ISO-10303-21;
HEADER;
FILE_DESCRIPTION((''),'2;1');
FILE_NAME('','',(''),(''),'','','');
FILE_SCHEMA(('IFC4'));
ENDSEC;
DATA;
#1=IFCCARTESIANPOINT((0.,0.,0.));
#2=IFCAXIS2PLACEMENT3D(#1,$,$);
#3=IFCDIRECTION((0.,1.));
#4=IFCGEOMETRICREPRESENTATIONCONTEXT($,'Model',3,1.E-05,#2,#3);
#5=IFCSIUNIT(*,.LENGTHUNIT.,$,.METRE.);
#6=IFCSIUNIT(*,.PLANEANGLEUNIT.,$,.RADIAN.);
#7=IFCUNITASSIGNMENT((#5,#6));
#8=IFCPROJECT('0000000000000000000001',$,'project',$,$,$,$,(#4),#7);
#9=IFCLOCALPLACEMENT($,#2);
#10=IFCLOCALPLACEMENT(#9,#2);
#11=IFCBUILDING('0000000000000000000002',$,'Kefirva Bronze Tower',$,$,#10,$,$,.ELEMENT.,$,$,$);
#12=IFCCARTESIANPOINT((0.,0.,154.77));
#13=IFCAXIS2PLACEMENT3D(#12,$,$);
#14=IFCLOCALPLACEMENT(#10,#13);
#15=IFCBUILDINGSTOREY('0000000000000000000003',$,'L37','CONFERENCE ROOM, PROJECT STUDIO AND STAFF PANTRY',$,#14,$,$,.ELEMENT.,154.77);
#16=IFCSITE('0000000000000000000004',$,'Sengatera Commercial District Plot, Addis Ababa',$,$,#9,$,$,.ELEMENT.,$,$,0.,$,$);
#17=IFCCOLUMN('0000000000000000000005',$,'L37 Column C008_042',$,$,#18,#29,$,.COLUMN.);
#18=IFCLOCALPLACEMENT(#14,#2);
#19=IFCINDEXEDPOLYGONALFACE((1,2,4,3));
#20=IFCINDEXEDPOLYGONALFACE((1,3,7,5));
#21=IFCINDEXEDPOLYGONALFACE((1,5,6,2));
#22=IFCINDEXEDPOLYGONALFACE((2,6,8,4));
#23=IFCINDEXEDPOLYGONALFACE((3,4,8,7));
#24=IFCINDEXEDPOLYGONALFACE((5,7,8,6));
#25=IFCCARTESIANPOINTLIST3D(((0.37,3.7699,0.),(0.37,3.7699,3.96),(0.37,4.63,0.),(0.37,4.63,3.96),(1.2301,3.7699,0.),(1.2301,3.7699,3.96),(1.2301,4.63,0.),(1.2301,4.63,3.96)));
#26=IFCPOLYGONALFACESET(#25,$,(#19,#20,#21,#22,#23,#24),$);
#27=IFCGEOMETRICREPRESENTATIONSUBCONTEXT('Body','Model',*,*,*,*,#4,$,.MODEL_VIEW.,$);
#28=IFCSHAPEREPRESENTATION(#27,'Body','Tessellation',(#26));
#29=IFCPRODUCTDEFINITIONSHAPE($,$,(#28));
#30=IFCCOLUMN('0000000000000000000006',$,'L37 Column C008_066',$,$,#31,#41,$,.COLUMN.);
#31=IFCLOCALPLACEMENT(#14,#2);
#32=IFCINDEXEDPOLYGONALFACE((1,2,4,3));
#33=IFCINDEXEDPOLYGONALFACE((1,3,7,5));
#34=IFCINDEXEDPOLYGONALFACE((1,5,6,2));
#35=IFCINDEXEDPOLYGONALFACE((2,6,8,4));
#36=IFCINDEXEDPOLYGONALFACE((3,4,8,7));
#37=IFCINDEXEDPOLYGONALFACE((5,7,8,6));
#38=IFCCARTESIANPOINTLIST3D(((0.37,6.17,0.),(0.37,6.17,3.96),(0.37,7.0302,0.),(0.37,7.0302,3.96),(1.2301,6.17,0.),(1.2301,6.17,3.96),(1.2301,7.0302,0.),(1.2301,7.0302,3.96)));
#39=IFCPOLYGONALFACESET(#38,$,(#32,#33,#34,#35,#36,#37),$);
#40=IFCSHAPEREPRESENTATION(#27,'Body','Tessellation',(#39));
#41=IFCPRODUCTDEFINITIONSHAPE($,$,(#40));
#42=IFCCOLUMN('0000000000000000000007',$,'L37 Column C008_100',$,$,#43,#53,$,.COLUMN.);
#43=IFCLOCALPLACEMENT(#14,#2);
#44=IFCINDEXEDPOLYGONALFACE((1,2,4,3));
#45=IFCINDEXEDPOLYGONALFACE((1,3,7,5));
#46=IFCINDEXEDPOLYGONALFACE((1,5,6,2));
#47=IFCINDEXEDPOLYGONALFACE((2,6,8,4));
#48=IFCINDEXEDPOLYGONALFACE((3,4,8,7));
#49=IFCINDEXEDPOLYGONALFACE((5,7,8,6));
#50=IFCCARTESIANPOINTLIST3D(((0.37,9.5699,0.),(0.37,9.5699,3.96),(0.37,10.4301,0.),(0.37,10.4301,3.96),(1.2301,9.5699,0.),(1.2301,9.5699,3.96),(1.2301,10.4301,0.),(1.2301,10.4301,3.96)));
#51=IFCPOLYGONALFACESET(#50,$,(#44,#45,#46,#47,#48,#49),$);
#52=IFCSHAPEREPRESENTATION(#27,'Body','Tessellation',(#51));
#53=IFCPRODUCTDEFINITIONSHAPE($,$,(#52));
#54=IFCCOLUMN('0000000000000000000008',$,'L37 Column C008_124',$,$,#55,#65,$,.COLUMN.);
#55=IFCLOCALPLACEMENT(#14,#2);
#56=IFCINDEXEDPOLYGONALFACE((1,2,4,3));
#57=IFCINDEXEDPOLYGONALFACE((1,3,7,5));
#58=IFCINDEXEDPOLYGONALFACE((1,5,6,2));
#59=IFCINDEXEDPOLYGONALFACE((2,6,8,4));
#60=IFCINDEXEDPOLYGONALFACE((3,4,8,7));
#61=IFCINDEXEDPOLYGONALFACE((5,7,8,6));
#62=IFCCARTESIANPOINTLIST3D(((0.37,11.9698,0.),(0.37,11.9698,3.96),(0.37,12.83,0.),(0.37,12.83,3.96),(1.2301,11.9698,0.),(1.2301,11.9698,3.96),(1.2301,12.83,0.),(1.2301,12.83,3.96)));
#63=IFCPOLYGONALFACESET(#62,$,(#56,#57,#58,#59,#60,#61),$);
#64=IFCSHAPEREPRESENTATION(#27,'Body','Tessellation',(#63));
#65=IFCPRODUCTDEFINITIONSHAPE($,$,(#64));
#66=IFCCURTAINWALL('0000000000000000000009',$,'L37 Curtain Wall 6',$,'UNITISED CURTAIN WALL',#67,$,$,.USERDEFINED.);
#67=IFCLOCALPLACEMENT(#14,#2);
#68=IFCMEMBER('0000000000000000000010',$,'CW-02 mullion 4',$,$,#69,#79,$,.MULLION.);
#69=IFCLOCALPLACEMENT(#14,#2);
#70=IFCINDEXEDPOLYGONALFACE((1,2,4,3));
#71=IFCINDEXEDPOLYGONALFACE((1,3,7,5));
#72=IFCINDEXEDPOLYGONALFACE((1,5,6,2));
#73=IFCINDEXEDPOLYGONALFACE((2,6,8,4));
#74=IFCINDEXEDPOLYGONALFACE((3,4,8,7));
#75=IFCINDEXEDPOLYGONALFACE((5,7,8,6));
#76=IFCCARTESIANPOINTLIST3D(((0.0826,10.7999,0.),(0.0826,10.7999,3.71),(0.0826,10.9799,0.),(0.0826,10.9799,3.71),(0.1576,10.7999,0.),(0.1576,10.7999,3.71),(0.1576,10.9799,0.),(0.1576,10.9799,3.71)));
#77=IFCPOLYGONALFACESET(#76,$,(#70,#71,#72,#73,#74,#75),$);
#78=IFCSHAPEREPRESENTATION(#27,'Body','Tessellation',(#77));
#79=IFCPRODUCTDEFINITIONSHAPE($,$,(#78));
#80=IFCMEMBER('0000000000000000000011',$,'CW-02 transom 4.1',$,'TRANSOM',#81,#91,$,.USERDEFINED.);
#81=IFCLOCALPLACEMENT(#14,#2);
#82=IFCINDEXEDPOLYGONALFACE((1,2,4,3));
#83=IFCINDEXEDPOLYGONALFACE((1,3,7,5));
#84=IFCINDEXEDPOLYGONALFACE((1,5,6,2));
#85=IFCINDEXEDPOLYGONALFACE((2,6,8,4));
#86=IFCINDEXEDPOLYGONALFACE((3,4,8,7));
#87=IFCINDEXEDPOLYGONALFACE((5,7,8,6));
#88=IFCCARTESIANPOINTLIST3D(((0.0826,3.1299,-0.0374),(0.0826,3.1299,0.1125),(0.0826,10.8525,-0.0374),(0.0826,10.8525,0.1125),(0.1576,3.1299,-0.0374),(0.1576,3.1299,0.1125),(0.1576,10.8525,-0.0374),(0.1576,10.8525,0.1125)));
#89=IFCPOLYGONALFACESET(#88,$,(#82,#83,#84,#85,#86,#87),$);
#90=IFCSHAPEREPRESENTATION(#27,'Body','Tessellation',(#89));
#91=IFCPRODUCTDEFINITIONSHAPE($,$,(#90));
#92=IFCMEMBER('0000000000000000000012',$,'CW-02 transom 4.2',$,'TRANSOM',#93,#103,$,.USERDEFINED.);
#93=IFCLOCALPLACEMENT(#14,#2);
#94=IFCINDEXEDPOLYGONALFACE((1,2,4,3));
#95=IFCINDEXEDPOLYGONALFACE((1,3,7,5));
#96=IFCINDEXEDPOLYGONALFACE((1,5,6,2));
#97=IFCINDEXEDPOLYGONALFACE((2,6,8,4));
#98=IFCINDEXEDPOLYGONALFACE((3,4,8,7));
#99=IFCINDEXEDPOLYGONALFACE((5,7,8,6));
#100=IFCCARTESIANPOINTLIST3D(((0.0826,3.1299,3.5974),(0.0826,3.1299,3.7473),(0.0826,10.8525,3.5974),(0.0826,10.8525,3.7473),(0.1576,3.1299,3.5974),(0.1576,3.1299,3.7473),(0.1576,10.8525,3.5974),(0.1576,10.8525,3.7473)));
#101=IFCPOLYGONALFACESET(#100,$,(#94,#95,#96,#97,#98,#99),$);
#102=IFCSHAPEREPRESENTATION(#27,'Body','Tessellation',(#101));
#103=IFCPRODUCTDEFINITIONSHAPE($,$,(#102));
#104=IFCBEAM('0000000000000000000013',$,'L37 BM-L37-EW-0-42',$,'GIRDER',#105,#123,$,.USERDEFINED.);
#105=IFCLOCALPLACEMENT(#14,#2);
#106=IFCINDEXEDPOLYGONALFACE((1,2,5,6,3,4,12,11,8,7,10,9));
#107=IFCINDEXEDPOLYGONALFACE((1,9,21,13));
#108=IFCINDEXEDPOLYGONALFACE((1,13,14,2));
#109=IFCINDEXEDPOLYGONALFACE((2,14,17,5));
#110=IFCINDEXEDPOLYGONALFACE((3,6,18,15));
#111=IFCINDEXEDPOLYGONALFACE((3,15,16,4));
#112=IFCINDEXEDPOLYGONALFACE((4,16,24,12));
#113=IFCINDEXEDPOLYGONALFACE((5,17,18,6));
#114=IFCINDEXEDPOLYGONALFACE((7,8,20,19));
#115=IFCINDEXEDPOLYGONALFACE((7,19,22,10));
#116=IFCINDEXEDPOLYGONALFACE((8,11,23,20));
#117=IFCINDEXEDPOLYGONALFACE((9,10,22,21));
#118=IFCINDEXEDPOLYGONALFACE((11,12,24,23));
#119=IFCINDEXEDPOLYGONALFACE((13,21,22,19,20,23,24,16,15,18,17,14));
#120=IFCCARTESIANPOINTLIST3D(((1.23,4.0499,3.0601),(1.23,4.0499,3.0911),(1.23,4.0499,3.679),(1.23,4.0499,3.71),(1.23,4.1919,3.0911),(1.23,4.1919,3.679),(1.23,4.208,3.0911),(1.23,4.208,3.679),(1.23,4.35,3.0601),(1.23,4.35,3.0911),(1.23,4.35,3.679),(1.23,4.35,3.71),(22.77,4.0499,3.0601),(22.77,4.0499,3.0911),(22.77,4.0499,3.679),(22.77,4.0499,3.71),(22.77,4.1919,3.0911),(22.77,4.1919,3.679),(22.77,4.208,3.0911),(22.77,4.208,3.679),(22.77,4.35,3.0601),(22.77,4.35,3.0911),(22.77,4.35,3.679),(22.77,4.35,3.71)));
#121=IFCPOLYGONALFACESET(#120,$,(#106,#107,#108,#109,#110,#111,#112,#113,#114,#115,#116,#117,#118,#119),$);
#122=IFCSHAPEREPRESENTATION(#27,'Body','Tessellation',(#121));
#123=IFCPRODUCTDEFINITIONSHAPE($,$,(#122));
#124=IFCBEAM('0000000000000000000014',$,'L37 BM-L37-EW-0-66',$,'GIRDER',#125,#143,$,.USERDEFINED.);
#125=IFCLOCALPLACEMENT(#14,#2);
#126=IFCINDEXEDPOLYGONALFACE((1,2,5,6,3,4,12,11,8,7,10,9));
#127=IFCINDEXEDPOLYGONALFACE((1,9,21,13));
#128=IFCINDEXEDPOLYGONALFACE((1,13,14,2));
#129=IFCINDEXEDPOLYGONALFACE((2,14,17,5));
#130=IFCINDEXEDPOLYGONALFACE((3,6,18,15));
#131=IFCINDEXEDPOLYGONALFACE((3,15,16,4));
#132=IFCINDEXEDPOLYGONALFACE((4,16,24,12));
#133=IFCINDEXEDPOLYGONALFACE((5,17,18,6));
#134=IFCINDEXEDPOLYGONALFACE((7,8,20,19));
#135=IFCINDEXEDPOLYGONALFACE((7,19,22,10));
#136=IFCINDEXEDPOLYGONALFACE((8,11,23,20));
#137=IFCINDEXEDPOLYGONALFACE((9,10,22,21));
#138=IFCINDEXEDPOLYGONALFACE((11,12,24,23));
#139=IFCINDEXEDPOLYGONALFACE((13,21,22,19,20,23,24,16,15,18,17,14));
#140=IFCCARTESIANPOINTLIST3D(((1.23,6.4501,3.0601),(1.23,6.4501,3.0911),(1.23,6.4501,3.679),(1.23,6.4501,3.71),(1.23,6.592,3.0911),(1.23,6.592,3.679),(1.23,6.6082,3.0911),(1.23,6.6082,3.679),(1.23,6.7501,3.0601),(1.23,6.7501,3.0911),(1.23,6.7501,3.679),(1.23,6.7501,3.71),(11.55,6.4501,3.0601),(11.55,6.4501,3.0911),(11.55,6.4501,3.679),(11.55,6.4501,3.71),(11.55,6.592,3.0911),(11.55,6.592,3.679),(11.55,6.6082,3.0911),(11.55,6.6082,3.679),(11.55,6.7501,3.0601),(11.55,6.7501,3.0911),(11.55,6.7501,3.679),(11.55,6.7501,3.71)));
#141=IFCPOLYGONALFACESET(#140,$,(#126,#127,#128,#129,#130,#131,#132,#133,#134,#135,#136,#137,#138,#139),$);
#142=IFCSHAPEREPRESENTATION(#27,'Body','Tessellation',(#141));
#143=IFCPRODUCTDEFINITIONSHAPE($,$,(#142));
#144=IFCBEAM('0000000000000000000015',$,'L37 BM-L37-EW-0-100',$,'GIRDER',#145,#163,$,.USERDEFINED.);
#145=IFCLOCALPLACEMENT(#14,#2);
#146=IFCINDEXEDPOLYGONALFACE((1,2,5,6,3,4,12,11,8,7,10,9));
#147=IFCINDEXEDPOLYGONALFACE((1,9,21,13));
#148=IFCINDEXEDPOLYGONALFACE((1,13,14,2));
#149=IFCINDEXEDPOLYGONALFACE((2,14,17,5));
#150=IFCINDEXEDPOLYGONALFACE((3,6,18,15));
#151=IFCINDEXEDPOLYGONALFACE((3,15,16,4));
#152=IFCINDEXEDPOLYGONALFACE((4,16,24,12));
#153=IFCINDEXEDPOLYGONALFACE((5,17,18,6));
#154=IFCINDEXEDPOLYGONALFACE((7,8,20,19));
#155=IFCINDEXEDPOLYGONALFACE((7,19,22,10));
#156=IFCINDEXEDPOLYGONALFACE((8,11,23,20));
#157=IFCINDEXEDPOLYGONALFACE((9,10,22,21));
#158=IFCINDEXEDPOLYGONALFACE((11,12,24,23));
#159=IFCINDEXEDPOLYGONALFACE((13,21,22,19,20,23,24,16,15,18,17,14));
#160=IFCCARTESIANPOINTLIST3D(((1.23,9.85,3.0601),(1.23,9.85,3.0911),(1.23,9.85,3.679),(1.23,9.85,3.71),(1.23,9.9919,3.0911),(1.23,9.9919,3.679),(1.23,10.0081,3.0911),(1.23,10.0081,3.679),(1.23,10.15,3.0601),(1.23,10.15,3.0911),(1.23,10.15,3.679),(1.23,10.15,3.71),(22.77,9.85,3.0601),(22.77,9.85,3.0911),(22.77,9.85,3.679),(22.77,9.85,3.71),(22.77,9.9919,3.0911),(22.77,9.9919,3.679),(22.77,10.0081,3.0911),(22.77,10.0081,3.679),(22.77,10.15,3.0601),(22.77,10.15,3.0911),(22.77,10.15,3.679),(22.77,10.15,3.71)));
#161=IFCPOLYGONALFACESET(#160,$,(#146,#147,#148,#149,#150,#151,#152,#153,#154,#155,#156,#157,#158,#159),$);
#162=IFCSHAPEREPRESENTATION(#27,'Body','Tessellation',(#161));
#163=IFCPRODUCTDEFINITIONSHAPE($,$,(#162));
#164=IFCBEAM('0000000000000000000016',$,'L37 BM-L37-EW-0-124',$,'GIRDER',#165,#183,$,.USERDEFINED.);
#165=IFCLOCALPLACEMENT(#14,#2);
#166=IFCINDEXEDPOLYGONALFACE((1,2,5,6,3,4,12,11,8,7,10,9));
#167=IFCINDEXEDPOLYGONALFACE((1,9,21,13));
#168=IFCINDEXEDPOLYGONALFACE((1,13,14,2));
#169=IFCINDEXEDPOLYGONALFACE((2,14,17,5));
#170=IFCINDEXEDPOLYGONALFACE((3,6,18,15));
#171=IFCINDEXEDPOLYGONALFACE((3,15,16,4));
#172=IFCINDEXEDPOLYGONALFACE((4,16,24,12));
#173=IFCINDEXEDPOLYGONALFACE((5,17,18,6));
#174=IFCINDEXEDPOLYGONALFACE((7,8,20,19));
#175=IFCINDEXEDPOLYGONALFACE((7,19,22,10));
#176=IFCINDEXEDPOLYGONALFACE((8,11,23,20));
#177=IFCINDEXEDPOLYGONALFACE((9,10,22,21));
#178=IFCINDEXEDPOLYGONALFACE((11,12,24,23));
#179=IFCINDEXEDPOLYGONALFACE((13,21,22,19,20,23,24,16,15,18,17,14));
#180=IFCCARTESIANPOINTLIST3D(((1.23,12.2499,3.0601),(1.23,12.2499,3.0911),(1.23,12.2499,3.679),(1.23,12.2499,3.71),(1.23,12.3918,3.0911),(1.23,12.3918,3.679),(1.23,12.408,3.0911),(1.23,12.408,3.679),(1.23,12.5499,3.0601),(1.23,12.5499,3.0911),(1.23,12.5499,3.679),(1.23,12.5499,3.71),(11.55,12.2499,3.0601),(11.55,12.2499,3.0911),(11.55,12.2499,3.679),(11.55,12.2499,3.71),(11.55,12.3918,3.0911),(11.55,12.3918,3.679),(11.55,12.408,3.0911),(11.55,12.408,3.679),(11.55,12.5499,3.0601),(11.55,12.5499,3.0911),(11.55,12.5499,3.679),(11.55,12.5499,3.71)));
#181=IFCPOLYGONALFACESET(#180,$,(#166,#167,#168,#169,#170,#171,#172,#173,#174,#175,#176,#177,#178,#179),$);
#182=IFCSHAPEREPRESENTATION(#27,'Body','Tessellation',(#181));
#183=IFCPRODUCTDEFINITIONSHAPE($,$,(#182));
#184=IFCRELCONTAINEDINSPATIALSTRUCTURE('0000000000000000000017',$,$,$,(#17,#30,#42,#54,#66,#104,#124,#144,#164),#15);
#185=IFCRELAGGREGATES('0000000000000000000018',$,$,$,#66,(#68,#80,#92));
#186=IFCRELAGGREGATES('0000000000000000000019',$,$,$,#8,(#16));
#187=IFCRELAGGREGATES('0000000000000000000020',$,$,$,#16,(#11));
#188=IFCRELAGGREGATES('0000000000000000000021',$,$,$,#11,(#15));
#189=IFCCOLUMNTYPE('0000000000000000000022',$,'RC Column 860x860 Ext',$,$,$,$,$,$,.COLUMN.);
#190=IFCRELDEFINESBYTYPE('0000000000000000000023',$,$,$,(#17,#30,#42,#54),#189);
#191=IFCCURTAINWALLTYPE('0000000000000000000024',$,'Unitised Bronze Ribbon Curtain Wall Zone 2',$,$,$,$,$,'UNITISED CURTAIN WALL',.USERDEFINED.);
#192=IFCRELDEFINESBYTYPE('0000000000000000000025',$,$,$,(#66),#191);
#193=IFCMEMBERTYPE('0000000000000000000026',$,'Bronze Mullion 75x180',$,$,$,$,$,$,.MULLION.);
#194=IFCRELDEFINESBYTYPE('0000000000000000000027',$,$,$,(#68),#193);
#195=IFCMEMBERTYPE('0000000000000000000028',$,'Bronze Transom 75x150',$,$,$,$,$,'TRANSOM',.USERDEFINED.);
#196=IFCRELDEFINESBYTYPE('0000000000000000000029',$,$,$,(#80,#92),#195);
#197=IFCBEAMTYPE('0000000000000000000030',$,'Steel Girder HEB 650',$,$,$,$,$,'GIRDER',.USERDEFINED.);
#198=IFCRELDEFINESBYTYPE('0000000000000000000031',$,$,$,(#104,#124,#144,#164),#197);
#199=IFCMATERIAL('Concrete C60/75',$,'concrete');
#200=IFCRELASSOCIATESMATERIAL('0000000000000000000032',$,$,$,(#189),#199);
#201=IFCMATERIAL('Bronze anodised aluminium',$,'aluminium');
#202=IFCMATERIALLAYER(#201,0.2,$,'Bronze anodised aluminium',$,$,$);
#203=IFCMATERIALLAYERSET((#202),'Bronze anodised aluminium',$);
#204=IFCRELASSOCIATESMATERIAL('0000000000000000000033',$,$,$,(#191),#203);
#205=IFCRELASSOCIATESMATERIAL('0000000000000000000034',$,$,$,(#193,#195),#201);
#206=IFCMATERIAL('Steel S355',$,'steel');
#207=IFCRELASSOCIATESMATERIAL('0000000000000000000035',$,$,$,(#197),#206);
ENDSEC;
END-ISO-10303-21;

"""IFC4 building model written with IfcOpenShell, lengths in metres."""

from ifc_helpers import new_model, si_unit, direction, frame, origin, origin_2d, place, context, subcontext, project, spatial, rectangle, i_section, extrude, material, layer, layer_set, material_profile, profile_set, type_object, element, aggregate, save


model = new_model("IFC4")

# Units and contexts
model_context = context("Model", 3, precision=1e-05, world=origin(), true_north=direction((0.0, 1.0)))
body_context = subcontext(model_context, "Body", "Model", "MODEL_VIEW")
ifc_project = project(units=[si_unit("LENGTHUNIT", "METRE"), si_unit("PLANEANGLEUNIT", "RADIAN")], contexts=[model_context])

# Site, building, storey
site_placement = place(None, origin())
site = spatial("IfcSite", under=ifc_project, at=site_placement, Name="Sengatera Commercial District Plot, Addis Ababa", CompositionType="ELEMENT", RefElevation=0.0)
building_placement = place(site_placement, origin())
building = spatial("IfcBuilding", under=site, at=building_placement, Name="Kefirva Bronze Tower", CompositionType="ELEMENT")
storey_placement = place(building_placement, frame((0.0, 0.0, 154.77)))
storey = spatial("IfcBuildingStorey", under=building, at=storey_placement, Name="L37", Description="CONFERENCE ROOM, PROJECT STUDIO AND STAFF PANTRY", CompositionType="ELEMENT", Elevation=154.77)

# Columns
ifc_material_1 = material(Name="Concrete C60/75", Category="concrete")
ifc_material_profile_1 = material_profile(ifc_material_1, rectangle(XDim=0.8601, YDim=0.8601, at=origin_2d()), Name="RC 860x860")
ifc_profile_set_1 = profile_set([ifc_material_profile_1], Name="Concrete C60/75")
column_type = type_object("IfcColumnType", Name="RC Column 860x860 Ext", PredefinedType="COLUMN", material=ifc_profile_set_1)
for number, where, z_axis, x_axis, name in (
    (1, (0.8, 4.2, 0.0), (0.0, 0.0, 1.0), (1.0, 0.0, 0.0), "L37 Column C008_042"),
    (2, (0.8, 6.6001, 0.0), (0.0, 0.0, 1.0), (1.0, 0.0, 0.0), "L37 Column C008_066"),
    (3, (0.8, 10.0, 0.0), (0.0, 0.0, 1.0), (1.0, 0.0, 0.0), "L37 Column C008_100"),
    (4, (0.8, 12.3999, 0.0), (0.0, 0.0, 1.0), (1.0, 0.0, 0.0), "L37 Column C008_124"),
):
    element("IfcColumn", number, at=place(storey_placement, frame(where, z_axis=z_axis, x_axis=x_axis)), inside=storey, type_object=column_type, Name=name, PredefinedType="COLUMN", context=body_context, shape_type="SweptSolid", body=[
        extrude(rectangle(XDim=0.8601, YDim=0.8601, at=origin_2d()), origin(), (0.0, 0.0, 1.0), 3.96),
    ])

# Curtain wall, members
ifc_material_2 = material(Name="Bronze anodised aluminium", Category="aluminium")
ifc_layer_1 = layer(ifc_material_2, 0.2, Name="Bronze anodised aluminium")
ifc_layer_set_1 = layer_set([ifc_layer_1], Name="Bronze anodised aluminium")
curtain_wall_type = type_object("IfcCurtainWallType", Name="Unitised Bronze Ribbon Curtain Wall Zone 2", ElementType="UNITISED CURTAIN WALL", PredefinedType="USERDEFINED", material=ifc_layer_set_1)
curtain_wall_placement = place(storey_placement, origin())
curtain_wall = element("IfcCurtainWall", 5, at=curtain_wall_placement, inside=storey, type_object=curtain_wall_type, Name="L37 Curtain Wall 6", ObjectType="UNITISED CURTAIN WALL", PredefinedType="USERDEFINED")
ifc_material_profile_2 = material_profile(ifc_material_2, rectangle(XDim=0.075, YDim=0.1799, at=origin_2d()), Name="ALU 75x180")
ifc_profile_set_2 = profile_set([ifc_material_profile_2], Name="Bronze anodised aluminium")
member_type_1 = type_object("IfcMemberType", Name="Bronze Mullion 75x180", PredefinedType="MULLION", material=ifc_profile_set_2)
member_1_placement = place(storey_placement, frame((0.1201, 10.8899, 0.0), z_axis=(0.0, 0.0, 1.0), x_axis=(1.0, 0.0, 0.0)))
member_1 = element("IfcMember", 6, at=member_1_placement, type_object=member_type_1, Name="CW-02 mullion 4", PredefinedType="MULLION", context=body_context, shape_type="SweptSolid", body=[
    extrude(rectangle(XDim=0.075, YDim=0.1799, at=origin_2d()), origin(), (0.0, 0.0, 1.0), 3.71),
])
ifc_material_profile_3 = material_profile(ifc_material_2, rectangle(XDim=0.075, YDim=0.1499, at=origin_2d()), Name="ALU 75x150")
ifc_profile_set_3 = profile_set([ifc_material_profile_3], Name="Bronze anodised aluminium")
member_type_2 = type_object("IfcMemberType", Name="Bronze Transom 75x150", ElementType="TRANSOM", PredefinedType="USERDEFINED", material=ifc_profile_set_3)
member_2_placement = place(storey_placement, frame((0.1201, 10.8525, 0.0376), z_axis=(0.0, -1.0, 0.0), x_axis=(1.0, 0.0, 0.0)))
member_2 = element("IfcMember", 7, at=member_2_placement, type_object=member_type_2, Name="CW-02 transom 4.1", ObjectType="TRANSOM", PredefinedType="USERDEFINED", context=body_context, shape_type="SweptSolid", body=[
    extrude(rectangle(XDim=0.075, YDim=0.1499, at=origin_2d()), origin(), (0.0, 0.0, 1.0), 7.7227),
])
member_3_placement = place(storey_placement, frame((0.1201, 10.8525, 3.6724), z_axis=(0.0, -1.0, 0.0), x_axis=(1.0, 0.0, 0.0)))
member_3 = element("IfcMember", 8, at=member_3_placement, type_object=member_type_2, Name="CW-02 transom 4.2", ObjectType="TRANSOM", PredefinedType="USERDEFINED", context=body_context, shape_type="SweptSolid", body=[
    extrude(rectangle(XDim=0.075, YDim=0.1499, at=origin_2d()), origin(), (0.0, 0.0, 1.0), 7.7227),
])

# Beams
ifc_material_3 = material(Name="Steel S355", Category="steel")
ifc_material_profile_4 = material_profile(ifc_material_3, i_section(OverallWidth=0.3, OverallDepth=0.6499, WebThickness=0.0161, FlangeThickness=0.031, at=origin_2d()), Name="HEB 650")
ifc_profile_set_4 = profile_set([ifc_material_profile_4], Name="Steel S355")
beam_type_1 = type_object("IfcBeamType", Name="Steel Girder HEB 650", ElementType="GIRDER", PredefinedType="USERDEFINED", material=ifc_profile_set_4)
beam_1_placement = place(storey_placement, frame((1.23, 4.2, 3.385), z_axis=(1.0, 0.0, 0.0), x_axis=(0.0, 1.0, 0.0)))
element("IfcBeam", 9, at=beam_1_placement, inside=storey, type_object=beam_type_1, Name="L37 BM-L37-EW-0-42", ObjectType="GIRDER", PredefinedType="USERDEFINED", context=body_context, shape_type="SweptSolid", body=[
    extrude(i_section(OverallWidth=0.3, OverallDepth=0.6499, WebThickness=0.0161, FlangeThickness=0.031, at=origin_2d()), origin(), (0.0, 0.0, 1.0), 21.54),
])
beam_2_placement = place(storey_placement, frame((1.23, 6.6001, 3.385), z_axis=(1.0, 0.0, 0.0), x_axis=(0.0, 1.0, 0.0)))
element("IfcBeam", 10, at=beam_2_placement, inside=storey, type_object=beam_type_1, Name="L37 BM-L37-EW-0-66", ObjectType="GIRDER", PredefinedType="USERDEFINED", context=body_context, shape_type="SweptSolid", body=[
    extrude(i_section(OverallWidth=0.3, OverallDepth=0.6499, WebThickness=0.0161, FlangeThickness=0.031, at=origin_2d()), origin(), (0.0, 0.0, 1.0), 10.3201),
])
beam_3_placement = place(storey_placement, frame((1.23, 10.0, 3.385), z_axis=(1.0, 0.0, 0.0), x_axis=(0.0, 1.0, 0.0)))
element("IfcBeam", 11, at=beam_3_placement, inside=storey, type_object=beam_type_1, Name="L37 BM-L37-EW-0-100", ObjectType="GIRDER", PredefinedType="USERDEFINED", context=body_context, shape_type="SweptSolid", body=[
    extrude(i_section(OverallWidth=0.3, OverallDepth=0.6499, WebThickness=0.0161, FlangeThickness=0.031, at=origin_2d()), origin(), (0.0, 0.0, 1.0), 21.54),
])
beam_4_placement = place(storey_placement, frame((1.23, 12.3999, 3.385), z_axis=(1.0, 0.0, 0.0), x_axis=(0.0, 1.0, 0.0)))
element("IfcBeam", 12, at=beam_4_placement, inside=storey, type_object=beam_type_1, Name="L37 BM-L37-EW-0-124", ObjectType="GIRDER", PredefinedType="USERDEFINED", context=body_context, shape_type="SweptSolid", body=[
    extrude(i_section(OverallWidth=0.3, OverallDepth=0.6499, WebThickness=0.0161, FlangeThickness=0.031, at=origin_2d()), origin(), (0.0, 0.0, 1.0), 10.3201),
])

aggregate(curtain_wall, [member_1, member_2, member_3])

save(model, "model.ifc")
